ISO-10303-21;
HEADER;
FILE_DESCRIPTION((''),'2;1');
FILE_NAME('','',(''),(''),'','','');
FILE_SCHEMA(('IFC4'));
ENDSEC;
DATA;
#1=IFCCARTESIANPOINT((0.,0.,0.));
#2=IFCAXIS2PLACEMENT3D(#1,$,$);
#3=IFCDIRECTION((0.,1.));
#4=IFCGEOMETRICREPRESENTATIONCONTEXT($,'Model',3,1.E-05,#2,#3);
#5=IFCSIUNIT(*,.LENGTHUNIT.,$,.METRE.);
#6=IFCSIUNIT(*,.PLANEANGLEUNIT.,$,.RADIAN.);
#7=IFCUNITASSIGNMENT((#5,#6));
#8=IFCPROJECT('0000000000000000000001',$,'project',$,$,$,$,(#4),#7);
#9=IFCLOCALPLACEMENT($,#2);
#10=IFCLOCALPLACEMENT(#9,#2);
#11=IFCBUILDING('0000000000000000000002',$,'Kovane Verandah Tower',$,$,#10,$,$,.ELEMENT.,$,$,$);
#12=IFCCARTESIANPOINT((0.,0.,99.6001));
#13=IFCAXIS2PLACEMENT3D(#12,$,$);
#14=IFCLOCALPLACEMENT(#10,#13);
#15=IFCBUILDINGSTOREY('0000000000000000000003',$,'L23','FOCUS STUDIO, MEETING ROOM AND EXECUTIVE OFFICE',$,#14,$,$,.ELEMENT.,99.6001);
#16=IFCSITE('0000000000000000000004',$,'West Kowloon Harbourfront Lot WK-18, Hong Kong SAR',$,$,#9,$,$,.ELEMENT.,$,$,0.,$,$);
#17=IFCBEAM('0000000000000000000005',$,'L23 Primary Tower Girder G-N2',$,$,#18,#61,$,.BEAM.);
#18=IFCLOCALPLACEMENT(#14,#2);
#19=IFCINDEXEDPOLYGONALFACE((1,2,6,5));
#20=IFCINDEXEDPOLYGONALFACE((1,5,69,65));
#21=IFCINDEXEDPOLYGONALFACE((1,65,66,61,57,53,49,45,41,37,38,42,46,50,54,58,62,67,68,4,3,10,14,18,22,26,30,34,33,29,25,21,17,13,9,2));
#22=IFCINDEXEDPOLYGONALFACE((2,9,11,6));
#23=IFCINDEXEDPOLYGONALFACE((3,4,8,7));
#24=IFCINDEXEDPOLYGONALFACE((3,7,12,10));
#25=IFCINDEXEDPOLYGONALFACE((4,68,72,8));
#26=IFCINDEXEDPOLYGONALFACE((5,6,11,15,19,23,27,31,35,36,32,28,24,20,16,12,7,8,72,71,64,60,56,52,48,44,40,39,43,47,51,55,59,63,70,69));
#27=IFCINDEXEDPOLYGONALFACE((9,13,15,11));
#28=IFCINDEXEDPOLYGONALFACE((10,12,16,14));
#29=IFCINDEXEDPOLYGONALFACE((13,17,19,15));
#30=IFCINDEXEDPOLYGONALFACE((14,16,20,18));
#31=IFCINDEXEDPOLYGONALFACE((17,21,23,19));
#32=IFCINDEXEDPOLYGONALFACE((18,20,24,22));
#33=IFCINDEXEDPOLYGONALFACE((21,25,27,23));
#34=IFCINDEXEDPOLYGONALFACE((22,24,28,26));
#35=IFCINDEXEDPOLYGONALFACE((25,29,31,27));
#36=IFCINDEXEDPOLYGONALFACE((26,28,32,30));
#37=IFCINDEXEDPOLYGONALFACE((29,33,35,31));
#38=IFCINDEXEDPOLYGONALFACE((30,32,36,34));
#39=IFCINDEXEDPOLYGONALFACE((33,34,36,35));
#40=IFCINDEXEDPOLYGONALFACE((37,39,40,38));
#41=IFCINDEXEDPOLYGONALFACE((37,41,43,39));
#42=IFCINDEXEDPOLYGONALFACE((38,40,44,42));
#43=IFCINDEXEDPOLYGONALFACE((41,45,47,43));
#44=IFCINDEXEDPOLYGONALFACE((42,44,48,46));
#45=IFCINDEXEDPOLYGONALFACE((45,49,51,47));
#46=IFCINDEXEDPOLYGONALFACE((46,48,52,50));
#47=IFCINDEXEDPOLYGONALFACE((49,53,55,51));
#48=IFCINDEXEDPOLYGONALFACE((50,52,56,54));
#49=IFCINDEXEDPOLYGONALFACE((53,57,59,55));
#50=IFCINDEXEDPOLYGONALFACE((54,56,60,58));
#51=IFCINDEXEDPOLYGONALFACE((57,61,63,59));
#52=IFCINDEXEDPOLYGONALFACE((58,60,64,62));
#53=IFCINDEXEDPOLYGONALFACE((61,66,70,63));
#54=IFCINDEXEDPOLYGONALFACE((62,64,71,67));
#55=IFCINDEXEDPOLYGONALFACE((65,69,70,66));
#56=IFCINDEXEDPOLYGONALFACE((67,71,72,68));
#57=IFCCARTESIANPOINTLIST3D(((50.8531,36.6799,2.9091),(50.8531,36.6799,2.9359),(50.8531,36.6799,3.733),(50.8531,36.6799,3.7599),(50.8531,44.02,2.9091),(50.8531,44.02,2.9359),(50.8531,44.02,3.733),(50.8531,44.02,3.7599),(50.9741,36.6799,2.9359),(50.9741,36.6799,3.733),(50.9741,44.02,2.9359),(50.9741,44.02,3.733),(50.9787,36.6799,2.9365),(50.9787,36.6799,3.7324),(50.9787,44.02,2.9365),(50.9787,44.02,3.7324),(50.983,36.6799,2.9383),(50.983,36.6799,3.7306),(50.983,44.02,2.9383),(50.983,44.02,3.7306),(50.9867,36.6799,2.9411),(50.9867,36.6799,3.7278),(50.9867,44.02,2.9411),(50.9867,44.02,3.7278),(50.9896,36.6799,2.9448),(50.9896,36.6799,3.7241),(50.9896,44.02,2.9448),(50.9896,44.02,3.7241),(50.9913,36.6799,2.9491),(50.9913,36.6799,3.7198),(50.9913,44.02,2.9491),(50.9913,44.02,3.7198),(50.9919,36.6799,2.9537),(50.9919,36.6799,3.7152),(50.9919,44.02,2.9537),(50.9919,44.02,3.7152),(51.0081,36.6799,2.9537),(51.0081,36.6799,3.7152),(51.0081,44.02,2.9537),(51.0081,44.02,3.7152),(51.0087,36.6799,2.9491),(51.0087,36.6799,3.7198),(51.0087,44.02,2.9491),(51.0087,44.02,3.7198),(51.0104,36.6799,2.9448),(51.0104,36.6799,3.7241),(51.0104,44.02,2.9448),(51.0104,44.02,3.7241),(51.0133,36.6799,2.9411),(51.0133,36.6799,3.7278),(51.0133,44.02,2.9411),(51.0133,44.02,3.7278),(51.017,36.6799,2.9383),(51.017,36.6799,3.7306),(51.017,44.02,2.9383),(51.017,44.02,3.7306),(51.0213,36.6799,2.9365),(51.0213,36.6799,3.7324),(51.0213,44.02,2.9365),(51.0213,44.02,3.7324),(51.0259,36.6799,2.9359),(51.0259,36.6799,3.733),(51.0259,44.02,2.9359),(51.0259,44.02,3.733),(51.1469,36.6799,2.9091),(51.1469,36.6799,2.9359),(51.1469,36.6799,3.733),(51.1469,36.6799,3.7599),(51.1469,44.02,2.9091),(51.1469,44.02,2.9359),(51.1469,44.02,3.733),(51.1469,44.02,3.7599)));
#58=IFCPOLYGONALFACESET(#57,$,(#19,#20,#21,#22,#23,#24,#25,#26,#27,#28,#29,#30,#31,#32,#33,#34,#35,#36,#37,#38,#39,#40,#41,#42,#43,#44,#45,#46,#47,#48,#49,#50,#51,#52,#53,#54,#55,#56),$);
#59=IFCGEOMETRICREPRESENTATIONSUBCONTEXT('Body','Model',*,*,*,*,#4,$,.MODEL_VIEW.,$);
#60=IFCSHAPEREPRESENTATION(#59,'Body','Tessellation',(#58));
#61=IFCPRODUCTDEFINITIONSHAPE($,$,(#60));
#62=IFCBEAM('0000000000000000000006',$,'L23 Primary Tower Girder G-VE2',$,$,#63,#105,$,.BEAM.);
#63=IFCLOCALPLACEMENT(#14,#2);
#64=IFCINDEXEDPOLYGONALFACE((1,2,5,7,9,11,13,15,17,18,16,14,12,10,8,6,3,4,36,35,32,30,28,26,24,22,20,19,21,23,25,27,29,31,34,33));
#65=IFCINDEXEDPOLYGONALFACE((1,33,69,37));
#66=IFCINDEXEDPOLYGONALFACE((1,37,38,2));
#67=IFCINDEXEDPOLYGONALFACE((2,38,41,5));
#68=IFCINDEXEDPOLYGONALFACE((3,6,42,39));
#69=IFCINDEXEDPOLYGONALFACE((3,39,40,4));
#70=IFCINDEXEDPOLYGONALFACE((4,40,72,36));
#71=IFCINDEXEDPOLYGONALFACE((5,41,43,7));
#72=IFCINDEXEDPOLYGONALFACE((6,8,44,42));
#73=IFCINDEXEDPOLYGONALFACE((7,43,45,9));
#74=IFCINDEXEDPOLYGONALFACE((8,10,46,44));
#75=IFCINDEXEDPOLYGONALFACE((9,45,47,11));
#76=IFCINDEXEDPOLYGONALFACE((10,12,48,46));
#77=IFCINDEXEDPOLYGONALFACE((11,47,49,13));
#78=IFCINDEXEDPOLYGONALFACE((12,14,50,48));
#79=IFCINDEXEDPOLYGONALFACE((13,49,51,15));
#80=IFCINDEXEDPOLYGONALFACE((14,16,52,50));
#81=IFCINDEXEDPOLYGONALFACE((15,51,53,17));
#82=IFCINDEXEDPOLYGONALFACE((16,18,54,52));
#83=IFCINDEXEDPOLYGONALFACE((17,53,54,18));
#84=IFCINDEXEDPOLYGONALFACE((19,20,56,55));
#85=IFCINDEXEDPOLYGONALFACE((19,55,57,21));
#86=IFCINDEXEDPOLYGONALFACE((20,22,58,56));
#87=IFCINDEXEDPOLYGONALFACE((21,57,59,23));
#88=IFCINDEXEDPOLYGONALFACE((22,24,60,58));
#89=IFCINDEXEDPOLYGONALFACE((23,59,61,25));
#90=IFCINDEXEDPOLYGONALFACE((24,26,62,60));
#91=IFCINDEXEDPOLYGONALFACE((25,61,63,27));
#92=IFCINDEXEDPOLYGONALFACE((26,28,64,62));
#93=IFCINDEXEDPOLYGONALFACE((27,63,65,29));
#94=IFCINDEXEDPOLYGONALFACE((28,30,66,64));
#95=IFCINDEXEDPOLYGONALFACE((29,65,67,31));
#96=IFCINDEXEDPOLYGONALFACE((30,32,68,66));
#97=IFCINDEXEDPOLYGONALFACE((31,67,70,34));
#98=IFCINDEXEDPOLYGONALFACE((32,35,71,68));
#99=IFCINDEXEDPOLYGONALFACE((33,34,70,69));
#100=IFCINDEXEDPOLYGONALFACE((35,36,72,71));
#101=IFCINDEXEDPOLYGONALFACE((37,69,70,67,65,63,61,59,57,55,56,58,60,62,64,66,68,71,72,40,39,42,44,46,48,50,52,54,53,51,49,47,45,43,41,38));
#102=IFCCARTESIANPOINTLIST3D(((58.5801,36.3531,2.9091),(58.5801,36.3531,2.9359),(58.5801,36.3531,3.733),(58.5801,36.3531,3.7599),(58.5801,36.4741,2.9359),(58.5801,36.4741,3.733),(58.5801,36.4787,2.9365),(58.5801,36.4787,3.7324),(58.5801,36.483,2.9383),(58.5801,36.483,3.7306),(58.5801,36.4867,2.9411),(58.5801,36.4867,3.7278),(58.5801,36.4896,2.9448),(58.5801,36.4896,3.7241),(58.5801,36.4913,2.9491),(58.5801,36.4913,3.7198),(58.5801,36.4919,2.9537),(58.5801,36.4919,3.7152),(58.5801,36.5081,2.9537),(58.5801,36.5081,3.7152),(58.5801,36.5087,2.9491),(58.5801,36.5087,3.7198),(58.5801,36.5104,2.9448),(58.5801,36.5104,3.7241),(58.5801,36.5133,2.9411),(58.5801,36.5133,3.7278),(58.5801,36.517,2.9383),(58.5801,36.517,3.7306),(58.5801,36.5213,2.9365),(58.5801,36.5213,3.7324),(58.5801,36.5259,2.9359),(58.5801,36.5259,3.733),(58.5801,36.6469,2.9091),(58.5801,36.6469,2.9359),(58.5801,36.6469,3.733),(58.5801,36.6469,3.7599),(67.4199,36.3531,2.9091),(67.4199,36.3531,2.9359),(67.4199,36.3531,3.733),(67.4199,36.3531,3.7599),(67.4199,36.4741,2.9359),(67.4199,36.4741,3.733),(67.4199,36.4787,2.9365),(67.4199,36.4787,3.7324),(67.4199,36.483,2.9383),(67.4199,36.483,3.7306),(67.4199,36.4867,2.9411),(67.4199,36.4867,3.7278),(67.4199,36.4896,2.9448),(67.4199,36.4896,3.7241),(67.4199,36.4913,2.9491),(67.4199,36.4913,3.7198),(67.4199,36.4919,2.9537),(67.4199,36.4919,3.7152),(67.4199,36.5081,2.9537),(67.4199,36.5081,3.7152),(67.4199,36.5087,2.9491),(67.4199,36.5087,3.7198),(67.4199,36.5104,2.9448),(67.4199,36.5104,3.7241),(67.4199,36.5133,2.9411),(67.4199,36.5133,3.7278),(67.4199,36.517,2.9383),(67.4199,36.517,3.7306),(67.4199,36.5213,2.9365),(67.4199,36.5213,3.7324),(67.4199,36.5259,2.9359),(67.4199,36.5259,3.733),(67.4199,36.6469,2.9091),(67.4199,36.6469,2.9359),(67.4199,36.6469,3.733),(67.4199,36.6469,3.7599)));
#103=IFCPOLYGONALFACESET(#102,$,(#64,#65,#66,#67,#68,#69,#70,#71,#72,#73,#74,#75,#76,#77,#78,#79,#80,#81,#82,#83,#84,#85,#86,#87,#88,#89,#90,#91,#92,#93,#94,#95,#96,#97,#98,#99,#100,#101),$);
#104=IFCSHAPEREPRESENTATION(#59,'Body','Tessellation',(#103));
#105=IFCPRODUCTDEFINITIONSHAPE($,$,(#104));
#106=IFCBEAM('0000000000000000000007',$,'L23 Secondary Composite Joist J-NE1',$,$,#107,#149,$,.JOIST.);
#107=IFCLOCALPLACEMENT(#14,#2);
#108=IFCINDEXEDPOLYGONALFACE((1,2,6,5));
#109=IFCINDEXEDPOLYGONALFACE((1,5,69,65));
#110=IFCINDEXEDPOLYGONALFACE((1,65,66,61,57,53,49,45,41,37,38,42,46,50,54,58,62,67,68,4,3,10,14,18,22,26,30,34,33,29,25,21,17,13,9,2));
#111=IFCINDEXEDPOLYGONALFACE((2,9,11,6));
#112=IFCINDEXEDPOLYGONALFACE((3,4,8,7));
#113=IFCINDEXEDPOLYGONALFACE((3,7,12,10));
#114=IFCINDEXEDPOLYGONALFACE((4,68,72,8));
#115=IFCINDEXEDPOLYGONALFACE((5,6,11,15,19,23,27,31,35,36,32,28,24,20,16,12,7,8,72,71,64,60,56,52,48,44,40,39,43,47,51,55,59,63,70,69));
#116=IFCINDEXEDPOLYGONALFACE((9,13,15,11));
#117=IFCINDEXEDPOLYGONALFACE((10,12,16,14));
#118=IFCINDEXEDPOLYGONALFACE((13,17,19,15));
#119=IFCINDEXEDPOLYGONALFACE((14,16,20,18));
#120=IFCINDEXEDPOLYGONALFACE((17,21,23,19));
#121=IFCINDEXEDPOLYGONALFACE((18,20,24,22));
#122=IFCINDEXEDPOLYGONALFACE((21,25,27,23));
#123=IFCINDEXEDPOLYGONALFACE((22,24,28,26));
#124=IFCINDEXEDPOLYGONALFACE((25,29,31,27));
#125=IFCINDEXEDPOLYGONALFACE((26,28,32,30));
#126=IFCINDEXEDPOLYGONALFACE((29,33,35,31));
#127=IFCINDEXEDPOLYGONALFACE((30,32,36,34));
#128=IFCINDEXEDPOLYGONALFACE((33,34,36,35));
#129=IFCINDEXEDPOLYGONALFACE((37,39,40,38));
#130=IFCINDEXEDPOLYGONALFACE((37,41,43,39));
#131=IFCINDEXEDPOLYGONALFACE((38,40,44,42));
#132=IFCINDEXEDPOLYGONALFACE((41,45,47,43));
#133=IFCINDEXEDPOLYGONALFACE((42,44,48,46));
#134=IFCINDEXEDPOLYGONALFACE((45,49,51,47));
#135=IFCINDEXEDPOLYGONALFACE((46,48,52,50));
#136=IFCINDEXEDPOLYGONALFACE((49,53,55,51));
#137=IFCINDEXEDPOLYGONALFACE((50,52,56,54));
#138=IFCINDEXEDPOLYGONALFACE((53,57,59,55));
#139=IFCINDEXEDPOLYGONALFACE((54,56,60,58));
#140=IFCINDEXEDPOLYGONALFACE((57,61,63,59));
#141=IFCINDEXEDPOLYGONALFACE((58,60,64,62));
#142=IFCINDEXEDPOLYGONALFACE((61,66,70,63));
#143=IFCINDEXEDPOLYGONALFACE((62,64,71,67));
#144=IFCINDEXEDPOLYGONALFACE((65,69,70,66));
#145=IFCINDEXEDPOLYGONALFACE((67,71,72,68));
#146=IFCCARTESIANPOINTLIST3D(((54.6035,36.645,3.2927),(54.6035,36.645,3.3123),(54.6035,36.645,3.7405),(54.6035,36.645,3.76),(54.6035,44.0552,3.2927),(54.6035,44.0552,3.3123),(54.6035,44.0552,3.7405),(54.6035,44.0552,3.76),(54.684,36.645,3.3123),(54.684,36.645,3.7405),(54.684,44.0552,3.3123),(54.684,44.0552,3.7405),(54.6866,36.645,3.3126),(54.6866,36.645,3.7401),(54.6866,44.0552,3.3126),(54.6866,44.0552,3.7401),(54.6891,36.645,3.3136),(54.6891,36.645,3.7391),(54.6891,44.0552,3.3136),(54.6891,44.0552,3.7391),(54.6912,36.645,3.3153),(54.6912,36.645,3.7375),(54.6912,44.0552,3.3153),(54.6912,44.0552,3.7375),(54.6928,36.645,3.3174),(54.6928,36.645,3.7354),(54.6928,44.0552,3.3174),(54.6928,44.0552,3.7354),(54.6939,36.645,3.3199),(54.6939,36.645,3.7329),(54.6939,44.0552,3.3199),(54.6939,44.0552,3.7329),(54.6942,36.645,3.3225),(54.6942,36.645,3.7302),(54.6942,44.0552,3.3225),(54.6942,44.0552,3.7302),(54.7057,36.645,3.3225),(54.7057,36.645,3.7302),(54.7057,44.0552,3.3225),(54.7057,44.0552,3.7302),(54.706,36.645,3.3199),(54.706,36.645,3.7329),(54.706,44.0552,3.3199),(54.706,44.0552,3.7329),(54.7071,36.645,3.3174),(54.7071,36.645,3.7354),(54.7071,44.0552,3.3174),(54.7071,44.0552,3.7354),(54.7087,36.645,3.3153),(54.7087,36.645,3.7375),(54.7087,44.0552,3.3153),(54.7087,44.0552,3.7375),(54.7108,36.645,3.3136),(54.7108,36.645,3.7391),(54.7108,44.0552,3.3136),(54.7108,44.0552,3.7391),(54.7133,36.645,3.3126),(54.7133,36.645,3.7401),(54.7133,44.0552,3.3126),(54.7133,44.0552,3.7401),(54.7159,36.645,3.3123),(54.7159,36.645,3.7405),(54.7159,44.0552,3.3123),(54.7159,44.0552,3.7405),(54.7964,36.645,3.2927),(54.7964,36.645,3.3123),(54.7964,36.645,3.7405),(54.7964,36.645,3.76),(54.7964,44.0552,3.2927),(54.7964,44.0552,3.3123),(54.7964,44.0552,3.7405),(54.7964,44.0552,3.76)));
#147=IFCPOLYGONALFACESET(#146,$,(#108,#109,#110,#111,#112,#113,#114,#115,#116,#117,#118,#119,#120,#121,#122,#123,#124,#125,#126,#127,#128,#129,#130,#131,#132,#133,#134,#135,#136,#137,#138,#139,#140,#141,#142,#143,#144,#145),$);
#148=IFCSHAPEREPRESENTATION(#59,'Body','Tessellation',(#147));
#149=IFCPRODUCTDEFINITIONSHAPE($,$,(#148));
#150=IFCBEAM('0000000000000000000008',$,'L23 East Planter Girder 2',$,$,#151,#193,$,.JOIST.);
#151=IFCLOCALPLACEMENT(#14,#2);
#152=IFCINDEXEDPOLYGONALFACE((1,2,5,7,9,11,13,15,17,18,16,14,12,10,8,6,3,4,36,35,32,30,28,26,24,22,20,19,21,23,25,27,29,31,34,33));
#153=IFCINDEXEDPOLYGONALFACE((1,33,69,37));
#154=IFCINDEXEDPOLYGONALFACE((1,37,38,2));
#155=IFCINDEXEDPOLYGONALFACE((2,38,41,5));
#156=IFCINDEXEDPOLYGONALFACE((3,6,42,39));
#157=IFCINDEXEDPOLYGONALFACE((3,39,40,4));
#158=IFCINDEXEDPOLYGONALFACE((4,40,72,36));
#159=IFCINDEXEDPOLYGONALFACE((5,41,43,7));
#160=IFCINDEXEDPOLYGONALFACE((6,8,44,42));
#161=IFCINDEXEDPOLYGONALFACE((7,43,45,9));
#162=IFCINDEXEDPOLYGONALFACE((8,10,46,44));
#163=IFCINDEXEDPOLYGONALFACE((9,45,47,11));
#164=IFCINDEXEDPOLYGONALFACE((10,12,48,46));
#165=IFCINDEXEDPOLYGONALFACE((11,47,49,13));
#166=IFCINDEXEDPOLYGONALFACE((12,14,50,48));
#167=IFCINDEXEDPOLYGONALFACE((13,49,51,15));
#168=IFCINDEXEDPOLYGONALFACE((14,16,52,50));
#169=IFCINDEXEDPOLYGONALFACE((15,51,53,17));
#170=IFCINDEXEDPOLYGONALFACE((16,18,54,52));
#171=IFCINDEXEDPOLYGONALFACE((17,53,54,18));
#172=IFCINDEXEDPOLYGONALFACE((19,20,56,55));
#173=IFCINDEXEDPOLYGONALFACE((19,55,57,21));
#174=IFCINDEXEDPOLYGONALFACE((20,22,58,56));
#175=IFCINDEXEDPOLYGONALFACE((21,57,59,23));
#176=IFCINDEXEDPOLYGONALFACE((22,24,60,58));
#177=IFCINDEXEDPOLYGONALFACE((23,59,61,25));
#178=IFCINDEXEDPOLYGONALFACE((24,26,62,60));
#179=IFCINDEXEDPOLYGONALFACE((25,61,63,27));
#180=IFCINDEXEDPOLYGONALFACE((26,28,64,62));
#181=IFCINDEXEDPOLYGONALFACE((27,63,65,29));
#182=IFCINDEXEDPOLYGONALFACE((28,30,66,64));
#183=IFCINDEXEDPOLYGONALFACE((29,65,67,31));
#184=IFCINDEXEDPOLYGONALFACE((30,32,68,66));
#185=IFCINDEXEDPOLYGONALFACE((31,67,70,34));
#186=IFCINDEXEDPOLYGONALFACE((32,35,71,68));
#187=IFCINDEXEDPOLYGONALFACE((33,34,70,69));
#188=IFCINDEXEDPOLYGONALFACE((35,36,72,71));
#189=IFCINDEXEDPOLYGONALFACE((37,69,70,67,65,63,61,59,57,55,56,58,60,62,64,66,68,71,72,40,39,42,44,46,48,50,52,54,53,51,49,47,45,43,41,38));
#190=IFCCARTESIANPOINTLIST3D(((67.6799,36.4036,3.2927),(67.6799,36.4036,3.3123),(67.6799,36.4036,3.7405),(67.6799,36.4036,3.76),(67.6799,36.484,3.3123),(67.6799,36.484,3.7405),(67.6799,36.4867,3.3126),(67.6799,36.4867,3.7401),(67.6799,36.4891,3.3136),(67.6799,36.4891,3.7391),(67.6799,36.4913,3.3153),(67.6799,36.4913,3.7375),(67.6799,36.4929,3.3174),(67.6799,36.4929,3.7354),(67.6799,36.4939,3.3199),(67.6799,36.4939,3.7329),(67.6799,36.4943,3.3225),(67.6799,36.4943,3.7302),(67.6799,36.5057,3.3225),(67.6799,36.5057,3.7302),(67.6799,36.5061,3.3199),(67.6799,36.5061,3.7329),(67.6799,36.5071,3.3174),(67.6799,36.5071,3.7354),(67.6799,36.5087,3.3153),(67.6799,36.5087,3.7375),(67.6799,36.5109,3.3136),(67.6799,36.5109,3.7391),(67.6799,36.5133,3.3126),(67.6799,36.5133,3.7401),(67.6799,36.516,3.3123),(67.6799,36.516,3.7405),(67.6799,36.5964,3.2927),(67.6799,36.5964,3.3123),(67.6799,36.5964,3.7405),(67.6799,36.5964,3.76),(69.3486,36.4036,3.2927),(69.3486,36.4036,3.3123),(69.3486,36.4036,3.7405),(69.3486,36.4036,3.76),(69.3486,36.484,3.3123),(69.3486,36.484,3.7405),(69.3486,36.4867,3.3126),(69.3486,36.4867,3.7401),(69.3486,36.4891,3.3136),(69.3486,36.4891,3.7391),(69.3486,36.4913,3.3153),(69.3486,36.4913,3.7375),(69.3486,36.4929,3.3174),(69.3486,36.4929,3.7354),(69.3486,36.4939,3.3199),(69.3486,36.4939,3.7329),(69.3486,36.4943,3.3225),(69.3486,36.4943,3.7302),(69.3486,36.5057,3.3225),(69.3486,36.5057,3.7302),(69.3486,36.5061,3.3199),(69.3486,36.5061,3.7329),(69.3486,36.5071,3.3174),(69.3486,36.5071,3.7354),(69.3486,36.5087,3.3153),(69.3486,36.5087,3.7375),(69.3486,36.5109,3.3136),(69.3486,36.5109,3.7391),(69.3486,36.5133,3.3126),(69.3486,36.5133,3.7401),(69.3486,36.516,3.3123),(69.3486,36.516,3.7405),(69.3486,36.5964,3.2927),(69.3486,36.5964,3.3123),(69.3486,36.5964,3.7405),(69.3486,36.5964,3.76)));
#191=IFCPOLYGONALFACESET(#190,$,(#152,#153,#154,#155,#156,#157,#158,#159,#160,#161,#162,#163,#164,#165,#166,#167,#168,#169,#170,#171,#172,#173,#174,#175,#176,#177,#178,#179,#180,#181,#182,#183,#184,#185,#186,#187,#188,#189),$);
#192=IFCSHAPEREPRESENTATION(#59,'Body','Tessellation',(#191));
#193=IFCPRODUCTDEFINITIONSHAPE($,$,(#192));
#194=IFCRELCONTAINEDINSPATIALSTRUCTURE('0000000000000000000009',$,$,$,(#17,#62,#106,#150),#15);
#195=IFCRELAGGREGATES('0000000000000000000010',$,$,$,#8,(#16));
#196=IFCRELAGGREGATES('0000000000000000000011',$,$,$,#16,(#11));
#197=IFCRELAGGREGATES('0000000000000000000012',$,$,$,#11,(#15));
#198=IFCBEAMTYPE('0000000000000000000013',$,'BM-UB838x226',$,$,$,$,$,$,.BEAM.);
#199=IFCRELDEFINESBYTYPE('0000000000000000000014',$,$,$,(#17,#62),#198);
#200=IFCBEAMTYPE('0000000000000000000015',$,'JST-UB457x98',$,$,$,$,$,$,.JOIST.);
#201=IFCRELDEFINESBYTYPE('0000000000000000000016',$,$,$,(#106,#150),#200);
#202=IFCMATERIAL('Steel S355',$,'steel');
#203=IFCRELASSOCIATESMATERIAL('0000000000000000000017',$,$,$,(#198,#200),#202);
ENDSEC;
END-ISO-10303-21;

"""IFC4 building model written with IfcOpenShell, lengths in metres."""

from ifc_helpers import new_model, si_unit, direction, frame, origin, origin_2d, place, context, subcontext, project, spatial, i_section, extrude, material, material_profile, profile_set, type_object, element, save


model = new_model("IFC4")

# Units and contexts
model_context = context("Model", 3, precision=1e-05, world=origin(), true_north=direction((0.0, 1.0)))
body_context = subcontext(model_context, "Body", "Model", "MODEL_VIEW")
ifc_project = project(units=[si_unit("LENGTHUNIT", "METRE"), si_unit("PLANEANGLEUNIT", "RADIAN")], contexts=[model_context])

# Site, building, storey
site_placement = place(None, origin())
site = spatial("IfcSite", under=ifc_project, at=site_placement, Name="West Kowloon Harbourfront Lot WK-18, Hong Kong SAR", CompositionType="ELEMENT", RefElevation=0.0)
building_placement = place(site_placement, origin())
building = spatial("IfcBuilding", under=site, at=building_placement, Name="Kovane Verandah Tower", CompositionType="ELEMENT")
storey_placement = place(building_placement, frame((0.0, 0.0, 99.6001)))
storey = spatial("IfcBuildingStorey", under=building, at=storey_placement, Name="L23", Description="FOCUS STUDIO, MEETING ROOM AND EXECUTIVE OFFICE", CompositionType="ELEMENT", Elevation=99.6001)

# Beams
ifc_material_1 = material(Name="Steel S355", Category="steel")
ifc_material_profile_1 = material_profile(ifc_material_1, i_section(OverallWidth=0.2937, OverallDepth=0.8508, WebThickness=0.0161, FlangeThickness=0.0269, FilletRadius=0.0178, at=origin_2d()), Name="UB838x292x226")
ifc_profile_set_1 = profile_set([ifc_material_profile_1], Name="Steel S355")
beam_type_1 = type_object("IfcBeamType", Name="BM-UB838x226", PredefinedType="BEAM", material=ifc_profile_set_1)
beam_1_placement = place(storey_placement, frame((51.0, 36.6799, 3.3345), z_axis=(0.0, 1.0, 0.0), x_axis=(-1.0, 0.0, 0.0)))
element("IfcBeam", 1, at=beam_1_placement, inside=storey, type_object=beam_type_1, Name="L23 Primary Tower Girder G-N2", PredefinedType="BEAM", context=body_context, shape_type="SweptSolid", body=[
    extrude(i_section(OverallWidth=0.2937, OverallDepth=0.8508, WebThickness=0.0161, FlangeThickness=0.0269, FilletRadius=0.0178, at=origin_2d()), origin(), (0.0, 0.0, 1.0), 7.3401),
])
beam_2_placement = place(storey_placement, frame((58.5801, 36.5, 3.3345), z_axis=(1.0, 0.0, 0.0), x_axis=(0.0, 1.0, 0.0)))
element("IfcBeam", 2, at=beam_2_placement, inside=storey, type_object=beam_type_1, Name="L23 Primary Tower Girder G-VE2", PredefinedType="BEAM", context=body_context, shape_type="SweptSolid", body=[
    extrude(i_section(OverallWidth=0.2937, OverallDepth=0.8508, WebThickness=0.0161, FlangeThickness=0.0269, FilletRadius=0.0178, at=origin_2d()), origin(), (0.0, 0.0, 1.0), 8.8398),
])
ifc_material_profile_2 = material_profile(ifc_material_1, i_section(OverallWidth=0.1929, OverallDepth=0.4673, WebThickness=0.0115, FlangeThickness=0.0195, FilletRadius=0.0103, at=origin_2d()), Name="UB457x191x98")
ifc_profile_set_2 = profile_set([ifc_material_profile_2], Name="Steel S355")
beam_type_2 = type_object("IfcBeamType", Name="JST-UB457x98", PredefinedType="JOIST", material=ifc_profile_set_2)
beam_3_placement = place(storey_placement, frame((54.7, 36.645, 3.5264), z_axis=(0.0, 1.0, 0.0), x_axis=(-1.0, 0.0, 0.0)))
element("IfcBeam", 3, at=beam_3_placement, inside=storey, type_object=beam_type_2, Name="L23 Secondary Composite Joist J-NE1", PredefinedType="JOIST", context=body_context, shape_type="SweptSolid", body=[
    extrude(i_section(OverallWidth=0.1929, OverallDepth=0.4673, WebThickness=0.0115, FlangeThickness=0.0195, FilletRadius=0.0103, at=origin_2d()), origin(), (0.0, 0.0, 1.0), 7.4102),
])
beam_4_placement = place(storey_placement, frame((67.6799, 36.5, 3.5264), z_axis=(1.0, 0.0, 0.0), x_axis=(0.0, 1.0, 0.0)))
element("IfcBeam", 4, at=beam_4_placement, inside=storey, type_object=beam_type_2, Name="L23 East Planter Girder 2", PredefinedType="JOIST", context=body_context, shape_type="SweptSolid", body=[
    extrude(i_section(OverallWidth=0.1929, OverallDepth=0.4673, WebThickness=0.0115, FlangeThickness=0.0195, FilletRadius=0.0103, at=origin_2d()), origin(), (0.0, 0.0, 1.0), 1.6687),
])

save(model, "model.ifc")
